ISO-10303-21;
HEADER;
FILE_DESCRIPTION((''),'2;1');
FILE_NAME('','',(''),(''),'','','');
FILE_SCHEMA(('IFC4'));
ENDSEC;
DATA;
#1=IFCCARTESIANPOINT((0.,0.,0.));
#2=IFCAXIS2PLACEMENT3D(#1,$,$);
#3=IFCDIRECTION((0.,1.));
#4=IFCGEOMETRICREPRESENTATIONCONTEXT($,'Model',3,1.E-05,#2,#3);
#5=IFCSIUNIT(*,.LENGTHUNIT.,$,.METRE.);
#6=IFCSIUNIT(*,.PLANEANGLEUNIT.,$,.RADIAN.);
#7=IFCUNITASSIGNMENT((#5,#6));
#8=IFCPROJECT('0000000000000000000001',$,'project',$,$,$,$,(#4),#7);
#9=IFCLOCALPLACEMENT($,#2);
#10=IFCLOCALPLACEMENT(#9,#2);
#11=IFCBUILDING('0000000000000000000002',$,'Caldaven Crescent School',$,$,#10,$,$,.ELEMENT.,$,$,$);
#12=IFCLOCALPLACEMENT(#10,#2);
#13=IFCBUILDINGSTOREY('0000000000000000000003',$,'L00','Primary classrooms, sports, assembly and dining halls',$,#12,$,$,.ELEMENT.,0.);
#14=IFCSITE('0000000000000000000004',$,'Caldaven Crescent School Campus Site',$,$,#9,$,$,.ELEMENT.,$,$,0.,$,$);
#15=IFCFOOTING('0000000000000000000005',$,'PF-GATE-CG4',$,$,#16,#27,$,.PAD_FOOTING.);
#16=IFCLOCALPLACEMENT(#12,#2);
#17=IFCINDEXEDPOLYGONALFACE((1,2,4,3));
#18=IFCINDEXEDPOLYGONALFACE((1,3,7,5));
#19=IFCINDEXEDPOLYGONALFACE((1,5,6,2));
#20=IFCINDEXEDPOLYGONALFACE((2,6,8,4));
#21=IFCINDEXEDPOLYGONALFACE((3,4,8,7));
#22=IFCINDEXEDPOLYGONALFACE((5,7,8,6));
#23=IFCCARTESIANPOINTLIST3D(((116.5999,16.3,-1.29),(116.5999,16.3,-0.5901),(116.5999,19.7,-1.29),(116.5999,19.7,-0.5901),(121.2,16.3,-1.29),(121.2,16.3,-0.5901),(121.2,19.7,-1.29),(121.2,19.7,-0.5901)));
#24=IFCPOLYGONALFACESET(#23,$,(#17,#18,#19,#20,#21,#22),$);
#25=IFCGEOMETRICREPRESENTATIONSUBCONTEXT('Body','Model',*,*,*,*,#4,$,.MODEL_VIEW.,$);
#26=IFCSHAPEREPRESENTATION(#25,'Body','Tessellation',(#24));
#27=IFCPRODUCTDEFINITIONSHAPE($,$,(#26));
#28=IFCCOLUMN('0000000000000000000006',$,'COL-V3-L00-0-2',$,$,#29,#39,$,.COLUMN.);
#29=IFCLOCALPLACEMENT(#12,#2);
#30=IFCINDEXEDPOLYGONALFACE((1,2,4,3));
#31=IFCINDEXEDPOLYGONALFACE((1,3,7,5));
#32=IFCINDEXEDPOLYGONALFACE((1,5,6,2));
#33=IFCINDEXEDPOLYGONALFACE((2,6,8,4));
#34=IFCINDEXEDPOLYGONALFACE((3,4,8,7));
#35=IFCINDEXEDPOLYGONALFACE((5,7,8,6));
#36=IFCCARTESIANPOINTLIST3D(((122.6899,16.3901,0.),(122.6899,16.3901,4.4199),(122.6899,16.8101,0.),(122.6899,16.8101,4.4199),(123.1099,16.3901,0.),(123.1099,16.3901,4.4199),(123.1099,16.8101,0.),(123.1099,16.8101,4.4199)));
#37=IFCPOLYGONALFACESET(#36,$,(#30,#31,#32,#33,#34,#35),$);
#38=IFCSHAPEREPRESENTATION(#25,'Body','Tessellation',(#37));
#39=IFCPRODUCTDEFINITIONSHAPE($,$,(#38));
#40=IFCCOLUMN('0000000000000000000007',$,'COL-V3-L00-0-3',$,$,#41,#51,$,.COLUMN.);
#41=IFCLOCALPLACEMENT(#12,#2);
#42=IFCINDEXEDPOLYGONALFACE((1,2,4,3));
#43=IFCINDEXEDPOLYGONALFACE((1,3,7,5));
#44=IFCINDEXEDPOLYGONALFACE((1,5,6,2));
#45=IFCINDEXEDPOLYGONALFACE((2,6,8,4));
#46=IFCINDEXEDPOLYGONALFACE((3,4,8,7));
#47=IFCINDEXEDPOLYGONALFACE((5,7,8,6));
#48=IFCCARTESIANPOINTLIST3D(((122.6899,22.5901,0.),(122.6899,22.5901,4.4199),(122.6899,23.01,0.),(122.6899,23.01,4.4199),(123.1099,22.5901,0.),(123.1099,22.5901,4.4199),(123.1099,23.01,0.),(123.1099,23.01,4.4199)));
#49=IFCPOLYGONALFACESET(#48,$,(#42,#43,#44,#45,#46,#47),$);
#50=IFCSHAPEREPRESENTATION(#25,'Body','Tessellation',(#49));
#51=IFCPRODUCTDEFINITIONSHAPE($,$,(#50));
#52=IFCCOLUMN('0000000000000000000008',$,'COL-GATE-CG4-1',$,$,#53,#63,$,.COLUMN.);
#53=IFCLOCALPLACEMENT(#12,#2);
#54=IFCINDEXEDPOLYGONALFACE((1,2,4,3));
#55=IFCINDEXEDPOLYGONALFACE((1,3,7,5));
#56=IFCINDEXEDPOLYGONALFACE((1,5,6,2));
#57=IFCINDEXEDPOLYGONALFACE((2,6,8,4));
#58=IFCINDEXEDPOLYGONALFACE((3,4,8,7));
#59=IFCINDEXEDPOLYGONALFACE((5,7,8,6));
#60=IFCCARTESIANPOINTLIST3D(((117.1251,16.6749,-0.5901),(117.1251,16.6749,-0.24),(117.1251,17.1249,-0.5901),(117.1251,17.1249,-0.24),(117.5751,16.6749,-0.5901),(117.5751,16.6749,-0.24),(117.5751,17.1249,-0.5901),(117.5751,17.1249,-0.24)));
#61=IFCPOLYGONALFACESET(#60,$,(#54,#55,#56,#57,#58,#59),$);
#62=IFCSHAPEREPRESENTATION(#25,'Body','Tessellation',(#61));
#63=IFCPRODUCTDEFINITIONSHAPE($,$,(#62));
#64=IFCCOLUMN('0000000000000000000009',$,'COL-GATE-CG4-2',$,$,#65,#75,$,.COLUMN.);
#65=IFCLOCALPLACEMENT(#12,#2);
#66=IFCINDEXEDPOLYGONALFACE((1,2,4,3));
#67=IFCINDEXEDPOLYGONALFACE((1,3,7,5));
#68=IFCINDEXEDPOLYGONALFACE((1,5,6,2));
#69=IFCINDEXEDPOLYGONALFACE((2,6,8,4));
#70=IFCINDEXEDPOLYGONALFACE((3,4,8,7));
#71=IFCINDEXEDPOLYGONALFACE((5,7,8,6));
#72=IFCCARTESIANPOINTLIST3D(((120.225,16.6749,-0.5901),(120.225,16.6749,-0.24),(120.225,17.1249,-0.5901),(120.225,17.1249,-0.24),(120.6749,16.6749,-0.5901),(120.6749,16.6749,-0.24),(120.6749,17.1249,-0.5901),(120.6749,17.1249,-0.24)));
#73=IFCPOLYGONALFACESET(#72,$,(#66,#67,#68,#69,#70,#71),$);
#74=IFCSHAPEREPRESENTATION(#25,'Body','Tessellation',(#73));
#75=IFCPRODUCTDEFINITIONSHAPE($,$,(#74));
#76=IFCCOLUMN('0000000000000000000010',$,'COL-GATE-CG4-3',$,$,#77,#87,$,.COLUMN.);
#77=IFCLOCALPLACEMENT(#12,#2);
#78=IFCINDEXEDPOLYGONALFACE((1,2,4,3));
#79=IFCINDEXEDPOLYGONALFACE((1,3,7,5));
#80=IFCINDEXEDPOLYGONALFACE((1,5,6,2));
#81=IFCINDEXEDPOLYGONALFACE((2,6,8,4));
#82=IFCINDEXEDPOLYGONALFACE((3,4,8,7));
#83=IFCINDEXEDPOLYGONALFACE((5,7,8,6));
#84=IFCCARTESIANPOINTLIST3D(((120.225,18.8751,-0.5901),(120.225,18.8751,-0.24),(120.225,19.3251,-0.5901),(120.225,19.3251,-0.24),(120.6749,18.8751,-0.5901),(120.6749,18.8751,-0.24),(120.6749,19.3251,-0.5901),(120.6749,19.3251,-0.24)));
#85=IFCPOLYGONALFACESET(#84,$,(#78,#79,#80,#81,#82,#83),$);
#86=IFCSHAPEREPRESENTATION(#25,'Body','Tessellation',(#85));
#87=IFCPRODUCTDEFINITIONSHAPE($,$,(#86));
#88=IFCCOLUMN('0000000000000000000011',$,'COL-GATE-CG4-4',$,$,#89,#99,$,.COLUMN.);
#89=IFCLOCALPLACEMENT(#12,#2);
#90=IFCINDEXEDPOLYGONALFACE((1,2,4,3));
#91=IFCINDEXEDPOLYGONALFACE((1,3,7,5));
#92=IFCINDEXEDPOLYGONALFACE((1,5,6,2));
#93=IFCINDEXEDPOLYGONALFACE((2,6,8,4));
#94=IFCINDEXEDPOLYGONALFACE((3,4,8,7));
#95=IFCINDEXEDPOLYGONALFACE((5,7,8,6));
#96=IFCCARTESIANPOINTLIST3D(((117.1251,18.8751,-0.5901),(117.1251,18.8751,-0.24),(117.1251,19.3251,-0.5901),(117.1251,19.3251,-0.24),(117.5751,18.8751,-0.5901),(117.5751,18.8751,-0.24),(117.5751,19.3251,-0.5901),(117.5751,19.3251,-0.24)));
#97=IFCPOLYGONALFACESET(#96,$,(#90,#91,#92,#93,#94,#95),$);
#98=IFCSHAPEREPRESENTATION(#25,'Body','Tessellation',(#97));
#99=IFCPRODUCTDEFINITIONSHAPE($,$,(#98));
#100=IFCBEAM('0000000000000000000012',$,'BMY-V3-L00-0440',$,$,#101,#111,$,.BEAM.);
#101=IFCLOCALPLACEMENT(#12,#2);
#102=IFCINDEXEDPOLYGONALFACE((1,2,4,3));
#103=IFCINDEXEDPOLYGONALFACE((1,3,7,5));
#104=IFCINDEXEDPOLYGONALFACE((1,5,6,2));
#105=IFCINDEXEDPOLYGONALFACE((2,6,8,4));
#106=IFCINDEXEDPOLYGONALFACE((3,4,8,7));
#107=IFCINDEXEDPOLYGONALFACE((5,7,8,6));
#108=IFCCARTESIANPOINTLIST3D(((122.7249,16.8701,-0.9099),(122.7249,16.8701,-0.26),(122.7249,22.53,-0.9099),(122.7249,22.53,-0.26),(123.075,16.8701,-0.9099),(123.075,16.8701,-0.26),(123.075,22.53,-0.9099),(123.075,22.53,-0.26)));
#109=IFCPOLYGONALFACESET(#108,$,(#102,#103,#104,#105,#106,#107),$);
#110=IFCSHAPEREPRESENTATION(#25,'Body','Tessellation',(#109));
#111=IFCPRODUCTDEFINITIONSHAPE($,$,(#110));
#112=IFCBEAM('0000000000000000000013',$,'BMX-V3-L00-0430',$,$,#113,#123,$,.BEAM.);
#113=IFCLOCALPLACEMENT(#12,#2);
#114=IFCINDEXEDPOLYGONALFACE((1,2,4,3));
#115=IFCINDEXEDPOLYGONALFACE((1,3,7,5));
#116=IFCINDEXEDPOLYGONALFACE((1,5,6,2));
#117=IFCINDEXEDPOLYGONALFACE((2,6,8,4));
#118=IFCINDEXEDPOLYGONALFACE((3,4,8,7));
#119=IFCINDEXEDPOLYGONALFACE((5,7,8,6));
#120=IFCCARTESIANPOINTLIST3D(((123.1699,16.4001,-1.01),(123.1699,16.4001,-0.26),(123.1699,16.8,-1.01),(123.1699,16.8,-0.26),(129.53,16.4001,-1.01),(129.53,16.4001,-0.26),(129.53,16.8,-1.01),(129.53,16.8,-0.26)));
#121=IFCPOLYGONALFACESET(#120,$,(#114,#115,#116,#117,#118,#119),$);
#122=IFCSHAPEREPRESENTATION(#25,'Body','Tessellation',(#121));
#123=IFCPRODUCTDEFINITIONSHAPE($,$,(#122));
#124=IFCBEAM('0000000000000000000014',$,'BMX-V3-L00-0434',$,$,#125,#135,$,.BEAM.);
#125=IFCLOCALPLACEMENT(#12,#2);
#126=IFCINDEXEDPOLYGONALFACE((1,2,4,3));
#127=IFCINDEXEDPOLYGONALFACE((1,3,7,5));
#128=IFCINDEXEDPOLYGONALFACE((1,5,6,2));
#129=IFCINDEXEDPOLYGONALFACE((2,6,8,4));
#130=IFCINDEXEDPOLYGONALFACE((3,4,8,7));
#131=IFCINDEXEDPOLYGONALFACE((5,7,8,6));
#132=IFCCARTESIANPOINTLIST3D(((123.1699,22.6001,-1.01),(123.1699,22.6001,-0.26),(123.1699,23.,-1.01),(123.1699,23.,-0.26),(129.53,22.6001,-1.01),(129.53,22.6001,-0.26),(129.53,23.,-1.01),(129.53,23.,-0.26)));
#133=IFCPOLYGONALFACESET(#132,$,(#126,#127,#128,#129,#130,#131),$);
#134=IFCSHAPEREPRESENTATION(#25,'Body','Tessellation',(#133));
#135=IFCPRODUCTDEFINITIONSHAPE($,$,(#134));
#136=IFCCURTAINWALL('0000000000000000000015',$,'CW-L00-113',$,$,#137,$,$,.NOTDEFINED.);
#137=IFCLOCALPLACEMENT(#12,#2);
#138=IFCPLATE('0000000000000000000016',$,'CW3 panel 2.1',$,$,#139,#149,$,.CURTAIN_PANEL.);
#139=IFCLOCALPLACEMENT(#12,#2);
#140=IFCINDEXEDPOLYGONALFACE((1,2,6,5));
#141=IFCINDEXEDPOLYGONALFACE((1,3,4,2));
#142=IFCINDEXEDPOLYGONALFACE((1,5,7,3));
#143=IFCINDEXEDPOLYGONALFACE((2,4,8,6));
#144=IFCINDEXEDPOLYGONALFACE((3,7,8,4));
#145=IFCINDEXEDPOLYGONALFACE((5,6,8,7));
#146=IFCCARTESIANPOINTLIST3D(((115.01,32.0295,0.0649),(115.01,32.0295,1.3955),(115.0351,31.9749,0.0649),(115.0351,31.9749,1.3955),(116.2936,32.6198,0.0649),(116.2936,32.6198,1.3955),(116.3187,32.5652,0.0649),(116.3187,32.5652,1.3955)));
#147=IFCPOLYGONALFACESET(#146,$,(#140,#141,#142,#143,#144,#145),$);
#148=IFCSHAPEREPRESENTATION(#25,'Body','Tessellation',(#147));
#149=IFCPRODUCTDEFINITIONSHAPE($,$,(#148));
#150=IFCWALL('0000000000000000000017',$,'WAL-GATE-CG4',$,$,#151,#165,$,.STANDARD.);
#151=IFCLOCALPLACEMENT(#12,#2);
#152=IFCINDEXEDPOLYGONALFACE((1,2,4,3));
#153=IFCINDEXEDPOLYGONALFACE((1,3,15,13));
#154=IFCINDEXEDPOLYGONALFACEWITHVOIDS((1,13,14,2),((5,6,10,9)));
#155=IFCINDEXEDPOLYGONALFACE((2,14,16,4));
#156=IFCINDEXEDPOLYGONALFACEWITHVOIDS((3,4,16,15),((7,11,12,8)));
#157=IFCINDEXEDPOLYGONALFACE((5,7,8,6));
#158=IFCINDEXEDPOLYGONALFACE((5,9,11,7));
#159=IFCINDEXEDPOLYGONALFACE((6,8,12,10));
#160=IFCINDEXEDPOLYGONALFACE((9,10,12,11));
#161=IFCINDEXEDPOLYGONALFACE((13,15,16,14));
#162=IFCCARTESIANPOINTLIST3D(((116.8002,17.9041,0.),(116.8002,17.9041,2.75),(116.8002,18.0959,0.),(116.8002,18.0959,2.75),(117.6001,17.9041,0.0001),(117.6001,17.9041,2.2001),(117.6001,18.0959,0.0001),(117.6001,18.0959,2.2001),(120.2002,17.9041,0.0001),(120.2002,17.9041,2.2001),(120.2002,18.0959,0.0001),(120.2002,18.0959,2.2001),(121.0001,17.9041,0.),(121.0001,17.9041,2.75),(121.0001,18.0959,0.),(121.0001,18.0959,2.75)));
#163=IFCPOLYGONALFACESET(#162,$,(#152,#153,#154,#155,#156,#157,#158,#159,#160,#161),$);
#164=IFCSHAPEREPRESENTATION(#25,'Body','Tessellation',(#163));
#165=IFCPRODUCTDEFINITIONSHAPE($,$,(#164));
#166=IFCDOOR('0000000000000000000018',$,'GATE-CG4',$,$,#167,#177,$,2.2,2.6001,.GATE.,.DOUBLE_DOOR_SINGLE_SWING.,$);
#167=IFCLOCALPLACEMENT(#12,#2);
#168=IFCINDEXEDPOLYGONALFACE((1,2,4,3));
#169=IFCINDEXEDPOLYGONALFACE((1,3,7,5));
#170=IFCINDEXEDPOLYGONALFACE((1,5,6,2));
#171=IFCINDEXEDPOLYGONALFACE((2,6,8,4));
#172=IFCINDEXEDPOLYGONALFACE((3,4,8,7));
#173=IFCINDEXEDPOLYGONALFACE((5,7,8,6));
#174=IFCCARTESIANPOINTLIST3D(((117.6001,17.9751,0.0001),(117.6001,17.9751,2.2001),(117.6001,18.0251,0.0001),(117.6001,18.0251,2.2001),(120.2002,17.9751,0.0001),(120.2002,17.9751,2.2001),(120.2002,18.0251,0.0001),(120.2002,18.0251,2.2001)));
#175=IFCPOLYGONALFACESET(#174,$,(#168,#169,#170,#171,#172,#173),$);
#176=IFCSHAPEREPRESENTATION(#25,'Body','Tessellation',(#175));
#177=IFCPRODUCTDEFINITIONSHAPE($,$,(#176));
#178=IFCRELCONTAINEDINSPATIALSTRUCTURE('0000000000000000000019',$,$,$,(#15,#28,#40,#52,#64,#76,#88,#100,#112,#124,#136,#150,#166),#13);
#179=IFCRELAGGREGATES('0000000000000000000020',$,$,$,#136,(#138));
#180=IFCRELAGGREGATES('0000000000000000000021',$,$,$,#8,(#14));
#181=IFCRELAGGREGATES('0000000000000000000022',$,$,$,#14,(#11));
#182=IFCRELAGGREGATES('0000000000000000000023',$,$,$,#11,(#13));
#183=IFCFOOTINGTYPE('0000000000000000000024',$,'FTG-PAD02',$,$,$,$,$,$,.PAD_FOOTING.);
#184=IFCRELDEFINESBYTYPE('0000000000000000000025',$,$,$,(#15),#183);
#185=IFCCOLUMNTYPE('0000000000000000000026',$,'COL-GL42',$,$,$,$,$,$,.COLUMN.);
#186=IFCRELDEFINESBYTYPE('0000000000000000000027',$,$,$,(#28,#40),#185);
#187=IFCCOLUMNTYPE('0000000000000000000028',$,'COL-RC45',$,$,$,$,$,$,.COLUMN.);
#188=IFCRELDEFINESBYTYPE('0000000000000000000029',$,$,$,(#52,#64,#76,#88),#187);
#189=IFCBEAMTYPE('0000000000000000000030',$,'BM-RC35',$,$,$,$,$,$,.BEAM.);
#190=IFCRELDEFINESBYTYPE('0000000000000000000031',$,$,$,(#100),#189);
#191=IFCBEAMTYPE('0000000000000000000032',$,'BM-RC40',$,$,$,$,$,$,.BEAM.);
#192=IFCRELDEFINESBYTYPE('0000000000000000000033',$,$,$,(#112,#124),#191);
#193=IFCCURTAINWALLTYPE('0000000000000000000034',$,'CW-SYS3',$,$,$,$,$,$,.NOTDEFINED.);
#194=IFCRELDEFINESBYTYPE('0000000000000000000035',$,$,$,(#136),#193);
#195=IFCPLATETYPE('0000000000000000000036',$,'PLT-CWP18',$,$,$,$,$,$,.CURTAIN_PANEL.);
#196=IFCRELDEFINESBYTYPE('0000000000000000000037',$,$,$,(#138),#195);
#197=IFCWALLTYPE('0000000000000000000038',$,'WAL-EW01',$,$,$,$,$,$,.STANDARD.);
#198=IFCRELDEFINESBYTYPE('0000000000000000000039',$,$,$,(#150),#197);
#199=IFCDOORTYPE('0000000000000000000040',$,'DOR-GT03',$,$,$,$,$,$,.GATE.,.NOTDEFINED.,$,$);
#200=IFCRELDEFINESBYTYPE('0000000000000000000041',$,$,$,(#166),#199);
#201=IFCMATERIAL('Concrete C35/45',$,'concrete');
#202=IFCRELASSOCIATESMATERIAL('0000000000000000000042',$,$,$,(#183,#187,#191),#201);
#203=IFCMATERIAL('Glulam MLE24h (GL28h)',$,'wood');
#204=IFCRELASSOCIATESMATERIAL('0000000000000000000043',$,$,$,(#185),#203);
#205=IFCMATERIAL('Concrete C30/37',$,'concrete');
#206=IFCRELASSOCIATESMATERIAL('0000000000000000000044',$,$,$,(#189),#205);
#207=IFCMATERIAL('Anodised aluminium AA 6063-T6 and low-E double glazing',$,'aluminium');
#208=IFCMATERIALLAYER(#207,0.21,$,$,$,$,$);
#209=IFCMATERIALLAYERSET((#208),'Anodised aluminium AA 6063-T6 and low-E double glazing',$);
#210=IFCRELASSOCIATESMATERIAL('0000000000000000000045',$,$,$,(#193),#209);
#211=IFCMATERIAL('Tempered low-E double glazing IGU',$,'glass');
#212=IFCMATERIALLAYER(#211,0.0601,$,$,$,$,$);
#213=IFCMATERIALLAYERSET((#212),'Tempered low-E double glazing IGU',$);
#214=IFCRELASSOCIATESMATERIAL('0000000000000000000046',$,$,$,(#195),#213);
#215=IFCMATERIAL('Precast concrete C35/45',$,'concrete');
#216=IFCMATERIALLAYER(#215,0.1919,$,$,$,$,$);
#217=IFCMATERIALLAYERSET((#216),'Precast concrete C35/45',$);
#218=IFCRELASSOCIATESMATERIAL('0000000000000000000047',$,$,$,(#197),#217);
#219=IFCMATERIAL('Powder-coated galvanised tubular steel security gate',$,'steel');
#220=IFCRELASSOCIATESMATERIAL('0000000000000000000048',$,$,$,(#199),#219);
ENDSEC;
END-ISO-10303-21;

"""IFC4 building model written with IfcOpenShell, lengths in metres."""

from ifc_helpers import new_model, si_unit, direction, frame, frame_2d, origin, origin_2d, place, context, subcontext, project, spatial, rectangle, extrude, material, layer, layer_set, material_profile, profile_set, type_object, element, fill, aggregate, save


model = new_model("IFC4")

# Units and contexts
model_context = context("Model", 3, precision=1e-05, world=origin(), true_north=direction((0.0, 1.0)))
body_context = subcontext(model_context, "Body", "Model", "MODEL_VIEW")
ifc_project = project(units=[si_unit("LENGTHUNIT", "METRE"), si_unit("PLANEANGLEUNIT", "RADIAN")], contexts=[model_context])

# Site, building, storey
site_placement = place(None, origin())
site = spatial("IfcSite", under=ifc_project, at=site_placement, Name="Caldaven Crescent School Campus Site", CompositionType="ELEMENT", RefElevation=0.0)
building_placement = place(site_placement, origin())
building = spatial("IfcBuilding", under=site, at=building_placement, Name="Caldaven Crescent School", CompositionType="ELEMENT")
storey_placement = place(building_placement, origin())
storey = spatial("IfcBuildingStorey", under=building, at=storey_placement, Name="L00", Description="Primary classrooms, sports, assembly and dining halls", CompositionType="ELEMENT", Elevation=0.0)

# Footing
ifc_material_1 = material(Name="Concrete C35/45", Category="concrete")
footing_type = type_object("IfcFootingType", Name="FTG-PAD02", PredefinedType="PAD_FOOTING", material=ifc_material_1)
footing_placement = place(storey_placement, frame((118.8999, 18.0, -1.29), z_axis=(0.0, 0.0, 1.0), x_axis=(1.0, 0.0, 0.0)))
element("IfcFooting", 1, at=footing_placement, inside=storey, type_object=footing_type, Name="PF-GATE-CG4", PredefinedType="PAD_FOOTING", context=body_context, shape_type="SweptSolid", body=[
    extrude(rectangle(XDim=4.6001, YDim=3.3999, at=origin_2d()), origin(), (0.0, 0.0, 1.0), 0.7),
])

# Columns
ifc_material_2 = material(Name="Glulam MLE24h (GL28h)", Category="wood")
ifc_material_profile_1 = material_profile(ifc_material_2, rectangle(XDim=0.4199, YDim=0.4199, at=origin_2d()), Name="MLE 420x420")
ifc_profile_set_1 = profile_set([ifc_material_profile_1], Name="Glulam MLE24h (GL28h)")
column_type_1 = type_object("IfcColumnType", Name="COL-GL42", PredefinedType="COLUMN", material=ifc_profile_set_1)
for number, where, z_axis, x_axis, name in (
    (2, (122.8999, 16.6001, 0.0), (0.0, 0.0, 1.0), (1.0, 0.0, 0.0), "COL-V3-L00-0-2"),
    (3, (122.8999, 22.8, 0.0), (0.0, 0.0, 1.0), (1.0, 0.0, 0.0), "COL-V3-L00-0-3"),
):
    element("IfcColumn", number, at=place(storey_placement, frame(where, z_axis=z_axis, x_axis=x_axis)), inside=storey, type_object=column_type_1, Name=name, PredefinedType="COLUMN", context=body_context, shape_type="SweptSolid", body=[
        extrude(rectangle(XDim=0.4199, YDim=0.4199, at=origin_2d()), origin(), (0.0, 0.0, 1.0), 4.4199),
    ])
ifc_material_profile_2 = material_profile(ifc_material_1, rectangle(XDim=0.45, YDim=0.45, at=origin_2d()), Name="RC 450x450")
ifc_profile_set_2 = profile_set([ifc_material_profile_2], Name="Concrete C35/45")
column_type_2 = type_object("IfcColumnType", Name="COL-RC45", PredefinedType="COLUMN", material=ifc_profile_set_2)
for number, where, z_axis, x_axis, name in (
    (4, (117.3501, 16.8999, -0.5901), (0.0, 0.0, 1.0), (1.0, 0.0, 0.0), "COL-GATE-CG4-1"),
    (5, (120.45, 16.8999, -0.5901), (0.0, 0.0, 1.0), (1.0, 0.0, 0.0), "COL-GATE-CG4-2"),
    (6, (120.45, 19.1001, -0.5901), (0.0, 0.0, 1.0), (1.0, 0.0, 0.0), "COL-GATE-CG4-3"),
    (7, (117.3501, 19.1001, -0.5901), (0.0, 0.0, 1.0), (1.0, 0.0, 0.0), "COL-GATE-CG4-4"),
):
    element("IfcColumn", number, at=place(storey_placement, frame(where, z_axis=z_axis, x_axis=x_axis)), inside=storey, type_object=column_type_2, Name=name, PredefinedType="COLUMN", context=body_context, shape_type="SweptSolid", body=[
        extrude(rectangle(XDim=0.45, YDim=0.45, at=origin_2d()), origin(), (0.0, 0.0, 1.0), 0.3501),
    ])

# Beams
ifc_material_3 = material(Name="Concrete C30/37", Category="concrete")
ifc_material_profile_3 = material_profile(ifc_material_3, rectangle(XDim=0.3501, YDim=0.6499, at=origin_2d()), Name="RC 350x650")
ifc_profile_set_3 = profile_set([ifc_material_profile_3], Name="Concrete C30/37")
beam_type_1 = type_object("IfcBeamType", Name="BM-RC35", PredefinedType="BEAM", material=ifc_profile_set_3)
beam_placement = place(storey_placement, frame((122.8999, 16.8701, -0.585), z_axis=(0.0, 1.0, 0.0), x_axis=(-1.0, 0.0, 0.0)))
element("IfcBeam", 8, at=beam_placement, inside=storey, type_object=beam_type_1, Name="BMY-V3-L00-0440", PredefinedType="BEAM", context=body_context, shape_type="SweptSolid", body=[
    extrude(rectangle(XDim=0.3501, YDim=0.6499, at=origin_2d()), origin(), (0.0, 0.0, 1.0), 5.6599),
])
ifc_material_profile_4 = material_profile(ifc_material_1, rectangle(XDim=0.3999, YDim=0.75, at=origin_2d()), Name="RC 400x750")
ifc_profile_set_4 = profile_set([ifc_material_profile_4], Name="Concrete C35/45")
beam_type_2 = type_object("IfcBeamType", Name="BM-RC40", PredefinedType="BEAM", material=ifc_profile_set_4)
for number, where, z_axis, x_axis, name in (
    (9, (123.1699, 16.6001, -0.635), (1.0, 0.0, 0.0), (0.0, 1.0, 0.0), "BMX-V3-L00-0430"),
    (10, (123.1699, 22.8, -0.635), (1.0, 0.0, 0.0), (0.0, 1.0, 0.0), "BMX-V3-L00-0434"),
):
    element("IfcBeam", number, at=place(storey_placement, frame(where, z_axis=z_axis, x_axis=x_axis)), inside=storey, type_object=beam_type_2, Name=name, PredefinedType="BEAM", context=body_context, shape_type="SweptSolid", body=[
        extrude(rectangle(XDim=0.3999, YDim=0.75, at=origin_2d()), origin(), (0.0, 0.0, 1.0), 6.3601),
    ])

# Curtain wall, plate
ifc_material_4 = material(Name="Anodised aluminium AA 6063-T6 and low-E double glazing", Category="aluminium")
ifc_layer_1 = layer(ifc_material_4, 0.21)
ifc_layer_set_1 = layer_set([ifc_layer_1], Name="Anodised aluminium AA 6063-T6 and low-E double glazing")
curtain_wall_type = type_object("IfcCurtainWallType", Name="CW-SYS3", PredefinedType="NOTDEFINED", material=ifc_layer_set_1)
curtain_wall_placement = place(storey_placement, origin())
curtain_wall = element("IfcCurtainWall", 11, at=curtain_wall_placement, inside=storey, type_object=curtain_wall_type, Name="CW-L00-113", PredefinedType="NOTDEFINED")
ifc_material_5 = material(Name="Tempered low-E double glazing IGU", Category="glass")
ifc_layer_2 = layer(ifc_material_5, 0.0601)
ifc_layer_set_2 = layer_set([ifc_layer_2], Name="Tempered low-E double glazing IGU")
plate_type = type_object("IfcPlateType", Name="PLT-CWP18", PredefinedType="CURTAIN_PANEL", material=ifc_layer_set_2)
plate_placement = place(storey_placement, frame((115.6643, 32.2974, 0.0649), z_axis=(0.0, 0.0, 1.0), x_axis=(0.908528, 0.417823, 0.0)))
plate = element("IfcPlate", 12, at=plate_placement, type_object=plate_type, Name="CW3 panel 2.1", PredefinedType="CURTAIN_PANEL", context=body_context, shape_type="SweptSolid", body=[
    extrude(rectangle(XDim=1.4128, YDim=0.0601, at=origin_2d()), origin(), (0.0, 0.0, 1.0), 1.3306),
])
aggregate(curtain_wall, [plate])

# Wall, opening, door
ifc_material_6 = material(Name="Precast concrete C35/45", Category="concrete")
ifc_layer_3 = layer(ifc_material_6, 0.1919)
ifc_layer_set_3 = layer_set([ifc_layer_3], Name="Precast concrete C35/45")
wall_type_1 = type_object("IfcWallType", Name="WAL-EW01", PredefinedType="STANDARD", material=ifc_layer_set_3)
wall_1_placement = place(storey_placement, frame((116.8, 18.0, 0.0), z_axis=(0.0, 0.0, 1.0), x_axis=(1.0, 0.0, 0.0)))
wall_1 = element("IfcWall", 13, at=wall_1_placement, inside=storey, type_object=wall_type_1, Name="WAL-GATE-CG4", PredefinedType="STANDARD", context=body_context, shape_type="SweptSolid", body=[
    extrude(rectangle(XDim=4.2, YDim=0.1919, at=frame_2d((2.1001, 0.0))), origin(), (0.0, 0.0, 1.0), 2.75),
])
opening_1_placement = place(wall_1_placement, frame((0.8, 0.0, 0.0)))
opening_1 = element("IfcOpeningElement", 14, at=opening_1_placement, cuts=wall_1, PredefinedType="OPENING", context=body_context, shape_type="SweptSolid", body=[
    extrude(rectangle(XDim=2.6001, YDim=2.2, at=frame_2d((1.3, 1.1001))), frame((0.0, 0.106, 0.0), z_axis=(0.0, -1.0, 0.0), x_axis=(1.0, 0.0, 0.0)), (0.0, 0.0, 1.0), 0.2119),
])
ifc_material_7 = material(Name="Powder-coated galvanised tubular steel security gate", Category="steel")
door_type = type_object("IfcDoorType", Name="DOR-GT03", OperationType="NOTDEFINED", PredefinedType="GATE", material=ifc_material_7)
door_placement = place(opening_1_placement, frame((2.6001, 0.0, 0.0), z_axis=(0.0, 0.0, 1.0), x_axis=(-1.0, 0.0, 0.0)))
door = element("IfcDoor", 15, at=door_placement, inside=storey, type_object=door_type, Name="GATE-CG4", OperationType="DOUBLE_DOOR_SINGLE_SWING", OverallHeight=2.2, OverallWidth=2.6001, PredefinedType="GATE", context=body_context, shape_type="SweptSolid", body=[
    extrude(rectangle(XDim=2.6001, YDim=2.2, at=frame_2d((1.3, 1.1001))), frame((0.0, 0.0249, 0.0), z_axis=(0.0, -1.0, 0.0), x_axis=(1.0, 0.0, 0.0)), (0.0, 0.0, 1.0), 0.05),
])
fill(opening_1, door)

save(model, "model.ifc")
